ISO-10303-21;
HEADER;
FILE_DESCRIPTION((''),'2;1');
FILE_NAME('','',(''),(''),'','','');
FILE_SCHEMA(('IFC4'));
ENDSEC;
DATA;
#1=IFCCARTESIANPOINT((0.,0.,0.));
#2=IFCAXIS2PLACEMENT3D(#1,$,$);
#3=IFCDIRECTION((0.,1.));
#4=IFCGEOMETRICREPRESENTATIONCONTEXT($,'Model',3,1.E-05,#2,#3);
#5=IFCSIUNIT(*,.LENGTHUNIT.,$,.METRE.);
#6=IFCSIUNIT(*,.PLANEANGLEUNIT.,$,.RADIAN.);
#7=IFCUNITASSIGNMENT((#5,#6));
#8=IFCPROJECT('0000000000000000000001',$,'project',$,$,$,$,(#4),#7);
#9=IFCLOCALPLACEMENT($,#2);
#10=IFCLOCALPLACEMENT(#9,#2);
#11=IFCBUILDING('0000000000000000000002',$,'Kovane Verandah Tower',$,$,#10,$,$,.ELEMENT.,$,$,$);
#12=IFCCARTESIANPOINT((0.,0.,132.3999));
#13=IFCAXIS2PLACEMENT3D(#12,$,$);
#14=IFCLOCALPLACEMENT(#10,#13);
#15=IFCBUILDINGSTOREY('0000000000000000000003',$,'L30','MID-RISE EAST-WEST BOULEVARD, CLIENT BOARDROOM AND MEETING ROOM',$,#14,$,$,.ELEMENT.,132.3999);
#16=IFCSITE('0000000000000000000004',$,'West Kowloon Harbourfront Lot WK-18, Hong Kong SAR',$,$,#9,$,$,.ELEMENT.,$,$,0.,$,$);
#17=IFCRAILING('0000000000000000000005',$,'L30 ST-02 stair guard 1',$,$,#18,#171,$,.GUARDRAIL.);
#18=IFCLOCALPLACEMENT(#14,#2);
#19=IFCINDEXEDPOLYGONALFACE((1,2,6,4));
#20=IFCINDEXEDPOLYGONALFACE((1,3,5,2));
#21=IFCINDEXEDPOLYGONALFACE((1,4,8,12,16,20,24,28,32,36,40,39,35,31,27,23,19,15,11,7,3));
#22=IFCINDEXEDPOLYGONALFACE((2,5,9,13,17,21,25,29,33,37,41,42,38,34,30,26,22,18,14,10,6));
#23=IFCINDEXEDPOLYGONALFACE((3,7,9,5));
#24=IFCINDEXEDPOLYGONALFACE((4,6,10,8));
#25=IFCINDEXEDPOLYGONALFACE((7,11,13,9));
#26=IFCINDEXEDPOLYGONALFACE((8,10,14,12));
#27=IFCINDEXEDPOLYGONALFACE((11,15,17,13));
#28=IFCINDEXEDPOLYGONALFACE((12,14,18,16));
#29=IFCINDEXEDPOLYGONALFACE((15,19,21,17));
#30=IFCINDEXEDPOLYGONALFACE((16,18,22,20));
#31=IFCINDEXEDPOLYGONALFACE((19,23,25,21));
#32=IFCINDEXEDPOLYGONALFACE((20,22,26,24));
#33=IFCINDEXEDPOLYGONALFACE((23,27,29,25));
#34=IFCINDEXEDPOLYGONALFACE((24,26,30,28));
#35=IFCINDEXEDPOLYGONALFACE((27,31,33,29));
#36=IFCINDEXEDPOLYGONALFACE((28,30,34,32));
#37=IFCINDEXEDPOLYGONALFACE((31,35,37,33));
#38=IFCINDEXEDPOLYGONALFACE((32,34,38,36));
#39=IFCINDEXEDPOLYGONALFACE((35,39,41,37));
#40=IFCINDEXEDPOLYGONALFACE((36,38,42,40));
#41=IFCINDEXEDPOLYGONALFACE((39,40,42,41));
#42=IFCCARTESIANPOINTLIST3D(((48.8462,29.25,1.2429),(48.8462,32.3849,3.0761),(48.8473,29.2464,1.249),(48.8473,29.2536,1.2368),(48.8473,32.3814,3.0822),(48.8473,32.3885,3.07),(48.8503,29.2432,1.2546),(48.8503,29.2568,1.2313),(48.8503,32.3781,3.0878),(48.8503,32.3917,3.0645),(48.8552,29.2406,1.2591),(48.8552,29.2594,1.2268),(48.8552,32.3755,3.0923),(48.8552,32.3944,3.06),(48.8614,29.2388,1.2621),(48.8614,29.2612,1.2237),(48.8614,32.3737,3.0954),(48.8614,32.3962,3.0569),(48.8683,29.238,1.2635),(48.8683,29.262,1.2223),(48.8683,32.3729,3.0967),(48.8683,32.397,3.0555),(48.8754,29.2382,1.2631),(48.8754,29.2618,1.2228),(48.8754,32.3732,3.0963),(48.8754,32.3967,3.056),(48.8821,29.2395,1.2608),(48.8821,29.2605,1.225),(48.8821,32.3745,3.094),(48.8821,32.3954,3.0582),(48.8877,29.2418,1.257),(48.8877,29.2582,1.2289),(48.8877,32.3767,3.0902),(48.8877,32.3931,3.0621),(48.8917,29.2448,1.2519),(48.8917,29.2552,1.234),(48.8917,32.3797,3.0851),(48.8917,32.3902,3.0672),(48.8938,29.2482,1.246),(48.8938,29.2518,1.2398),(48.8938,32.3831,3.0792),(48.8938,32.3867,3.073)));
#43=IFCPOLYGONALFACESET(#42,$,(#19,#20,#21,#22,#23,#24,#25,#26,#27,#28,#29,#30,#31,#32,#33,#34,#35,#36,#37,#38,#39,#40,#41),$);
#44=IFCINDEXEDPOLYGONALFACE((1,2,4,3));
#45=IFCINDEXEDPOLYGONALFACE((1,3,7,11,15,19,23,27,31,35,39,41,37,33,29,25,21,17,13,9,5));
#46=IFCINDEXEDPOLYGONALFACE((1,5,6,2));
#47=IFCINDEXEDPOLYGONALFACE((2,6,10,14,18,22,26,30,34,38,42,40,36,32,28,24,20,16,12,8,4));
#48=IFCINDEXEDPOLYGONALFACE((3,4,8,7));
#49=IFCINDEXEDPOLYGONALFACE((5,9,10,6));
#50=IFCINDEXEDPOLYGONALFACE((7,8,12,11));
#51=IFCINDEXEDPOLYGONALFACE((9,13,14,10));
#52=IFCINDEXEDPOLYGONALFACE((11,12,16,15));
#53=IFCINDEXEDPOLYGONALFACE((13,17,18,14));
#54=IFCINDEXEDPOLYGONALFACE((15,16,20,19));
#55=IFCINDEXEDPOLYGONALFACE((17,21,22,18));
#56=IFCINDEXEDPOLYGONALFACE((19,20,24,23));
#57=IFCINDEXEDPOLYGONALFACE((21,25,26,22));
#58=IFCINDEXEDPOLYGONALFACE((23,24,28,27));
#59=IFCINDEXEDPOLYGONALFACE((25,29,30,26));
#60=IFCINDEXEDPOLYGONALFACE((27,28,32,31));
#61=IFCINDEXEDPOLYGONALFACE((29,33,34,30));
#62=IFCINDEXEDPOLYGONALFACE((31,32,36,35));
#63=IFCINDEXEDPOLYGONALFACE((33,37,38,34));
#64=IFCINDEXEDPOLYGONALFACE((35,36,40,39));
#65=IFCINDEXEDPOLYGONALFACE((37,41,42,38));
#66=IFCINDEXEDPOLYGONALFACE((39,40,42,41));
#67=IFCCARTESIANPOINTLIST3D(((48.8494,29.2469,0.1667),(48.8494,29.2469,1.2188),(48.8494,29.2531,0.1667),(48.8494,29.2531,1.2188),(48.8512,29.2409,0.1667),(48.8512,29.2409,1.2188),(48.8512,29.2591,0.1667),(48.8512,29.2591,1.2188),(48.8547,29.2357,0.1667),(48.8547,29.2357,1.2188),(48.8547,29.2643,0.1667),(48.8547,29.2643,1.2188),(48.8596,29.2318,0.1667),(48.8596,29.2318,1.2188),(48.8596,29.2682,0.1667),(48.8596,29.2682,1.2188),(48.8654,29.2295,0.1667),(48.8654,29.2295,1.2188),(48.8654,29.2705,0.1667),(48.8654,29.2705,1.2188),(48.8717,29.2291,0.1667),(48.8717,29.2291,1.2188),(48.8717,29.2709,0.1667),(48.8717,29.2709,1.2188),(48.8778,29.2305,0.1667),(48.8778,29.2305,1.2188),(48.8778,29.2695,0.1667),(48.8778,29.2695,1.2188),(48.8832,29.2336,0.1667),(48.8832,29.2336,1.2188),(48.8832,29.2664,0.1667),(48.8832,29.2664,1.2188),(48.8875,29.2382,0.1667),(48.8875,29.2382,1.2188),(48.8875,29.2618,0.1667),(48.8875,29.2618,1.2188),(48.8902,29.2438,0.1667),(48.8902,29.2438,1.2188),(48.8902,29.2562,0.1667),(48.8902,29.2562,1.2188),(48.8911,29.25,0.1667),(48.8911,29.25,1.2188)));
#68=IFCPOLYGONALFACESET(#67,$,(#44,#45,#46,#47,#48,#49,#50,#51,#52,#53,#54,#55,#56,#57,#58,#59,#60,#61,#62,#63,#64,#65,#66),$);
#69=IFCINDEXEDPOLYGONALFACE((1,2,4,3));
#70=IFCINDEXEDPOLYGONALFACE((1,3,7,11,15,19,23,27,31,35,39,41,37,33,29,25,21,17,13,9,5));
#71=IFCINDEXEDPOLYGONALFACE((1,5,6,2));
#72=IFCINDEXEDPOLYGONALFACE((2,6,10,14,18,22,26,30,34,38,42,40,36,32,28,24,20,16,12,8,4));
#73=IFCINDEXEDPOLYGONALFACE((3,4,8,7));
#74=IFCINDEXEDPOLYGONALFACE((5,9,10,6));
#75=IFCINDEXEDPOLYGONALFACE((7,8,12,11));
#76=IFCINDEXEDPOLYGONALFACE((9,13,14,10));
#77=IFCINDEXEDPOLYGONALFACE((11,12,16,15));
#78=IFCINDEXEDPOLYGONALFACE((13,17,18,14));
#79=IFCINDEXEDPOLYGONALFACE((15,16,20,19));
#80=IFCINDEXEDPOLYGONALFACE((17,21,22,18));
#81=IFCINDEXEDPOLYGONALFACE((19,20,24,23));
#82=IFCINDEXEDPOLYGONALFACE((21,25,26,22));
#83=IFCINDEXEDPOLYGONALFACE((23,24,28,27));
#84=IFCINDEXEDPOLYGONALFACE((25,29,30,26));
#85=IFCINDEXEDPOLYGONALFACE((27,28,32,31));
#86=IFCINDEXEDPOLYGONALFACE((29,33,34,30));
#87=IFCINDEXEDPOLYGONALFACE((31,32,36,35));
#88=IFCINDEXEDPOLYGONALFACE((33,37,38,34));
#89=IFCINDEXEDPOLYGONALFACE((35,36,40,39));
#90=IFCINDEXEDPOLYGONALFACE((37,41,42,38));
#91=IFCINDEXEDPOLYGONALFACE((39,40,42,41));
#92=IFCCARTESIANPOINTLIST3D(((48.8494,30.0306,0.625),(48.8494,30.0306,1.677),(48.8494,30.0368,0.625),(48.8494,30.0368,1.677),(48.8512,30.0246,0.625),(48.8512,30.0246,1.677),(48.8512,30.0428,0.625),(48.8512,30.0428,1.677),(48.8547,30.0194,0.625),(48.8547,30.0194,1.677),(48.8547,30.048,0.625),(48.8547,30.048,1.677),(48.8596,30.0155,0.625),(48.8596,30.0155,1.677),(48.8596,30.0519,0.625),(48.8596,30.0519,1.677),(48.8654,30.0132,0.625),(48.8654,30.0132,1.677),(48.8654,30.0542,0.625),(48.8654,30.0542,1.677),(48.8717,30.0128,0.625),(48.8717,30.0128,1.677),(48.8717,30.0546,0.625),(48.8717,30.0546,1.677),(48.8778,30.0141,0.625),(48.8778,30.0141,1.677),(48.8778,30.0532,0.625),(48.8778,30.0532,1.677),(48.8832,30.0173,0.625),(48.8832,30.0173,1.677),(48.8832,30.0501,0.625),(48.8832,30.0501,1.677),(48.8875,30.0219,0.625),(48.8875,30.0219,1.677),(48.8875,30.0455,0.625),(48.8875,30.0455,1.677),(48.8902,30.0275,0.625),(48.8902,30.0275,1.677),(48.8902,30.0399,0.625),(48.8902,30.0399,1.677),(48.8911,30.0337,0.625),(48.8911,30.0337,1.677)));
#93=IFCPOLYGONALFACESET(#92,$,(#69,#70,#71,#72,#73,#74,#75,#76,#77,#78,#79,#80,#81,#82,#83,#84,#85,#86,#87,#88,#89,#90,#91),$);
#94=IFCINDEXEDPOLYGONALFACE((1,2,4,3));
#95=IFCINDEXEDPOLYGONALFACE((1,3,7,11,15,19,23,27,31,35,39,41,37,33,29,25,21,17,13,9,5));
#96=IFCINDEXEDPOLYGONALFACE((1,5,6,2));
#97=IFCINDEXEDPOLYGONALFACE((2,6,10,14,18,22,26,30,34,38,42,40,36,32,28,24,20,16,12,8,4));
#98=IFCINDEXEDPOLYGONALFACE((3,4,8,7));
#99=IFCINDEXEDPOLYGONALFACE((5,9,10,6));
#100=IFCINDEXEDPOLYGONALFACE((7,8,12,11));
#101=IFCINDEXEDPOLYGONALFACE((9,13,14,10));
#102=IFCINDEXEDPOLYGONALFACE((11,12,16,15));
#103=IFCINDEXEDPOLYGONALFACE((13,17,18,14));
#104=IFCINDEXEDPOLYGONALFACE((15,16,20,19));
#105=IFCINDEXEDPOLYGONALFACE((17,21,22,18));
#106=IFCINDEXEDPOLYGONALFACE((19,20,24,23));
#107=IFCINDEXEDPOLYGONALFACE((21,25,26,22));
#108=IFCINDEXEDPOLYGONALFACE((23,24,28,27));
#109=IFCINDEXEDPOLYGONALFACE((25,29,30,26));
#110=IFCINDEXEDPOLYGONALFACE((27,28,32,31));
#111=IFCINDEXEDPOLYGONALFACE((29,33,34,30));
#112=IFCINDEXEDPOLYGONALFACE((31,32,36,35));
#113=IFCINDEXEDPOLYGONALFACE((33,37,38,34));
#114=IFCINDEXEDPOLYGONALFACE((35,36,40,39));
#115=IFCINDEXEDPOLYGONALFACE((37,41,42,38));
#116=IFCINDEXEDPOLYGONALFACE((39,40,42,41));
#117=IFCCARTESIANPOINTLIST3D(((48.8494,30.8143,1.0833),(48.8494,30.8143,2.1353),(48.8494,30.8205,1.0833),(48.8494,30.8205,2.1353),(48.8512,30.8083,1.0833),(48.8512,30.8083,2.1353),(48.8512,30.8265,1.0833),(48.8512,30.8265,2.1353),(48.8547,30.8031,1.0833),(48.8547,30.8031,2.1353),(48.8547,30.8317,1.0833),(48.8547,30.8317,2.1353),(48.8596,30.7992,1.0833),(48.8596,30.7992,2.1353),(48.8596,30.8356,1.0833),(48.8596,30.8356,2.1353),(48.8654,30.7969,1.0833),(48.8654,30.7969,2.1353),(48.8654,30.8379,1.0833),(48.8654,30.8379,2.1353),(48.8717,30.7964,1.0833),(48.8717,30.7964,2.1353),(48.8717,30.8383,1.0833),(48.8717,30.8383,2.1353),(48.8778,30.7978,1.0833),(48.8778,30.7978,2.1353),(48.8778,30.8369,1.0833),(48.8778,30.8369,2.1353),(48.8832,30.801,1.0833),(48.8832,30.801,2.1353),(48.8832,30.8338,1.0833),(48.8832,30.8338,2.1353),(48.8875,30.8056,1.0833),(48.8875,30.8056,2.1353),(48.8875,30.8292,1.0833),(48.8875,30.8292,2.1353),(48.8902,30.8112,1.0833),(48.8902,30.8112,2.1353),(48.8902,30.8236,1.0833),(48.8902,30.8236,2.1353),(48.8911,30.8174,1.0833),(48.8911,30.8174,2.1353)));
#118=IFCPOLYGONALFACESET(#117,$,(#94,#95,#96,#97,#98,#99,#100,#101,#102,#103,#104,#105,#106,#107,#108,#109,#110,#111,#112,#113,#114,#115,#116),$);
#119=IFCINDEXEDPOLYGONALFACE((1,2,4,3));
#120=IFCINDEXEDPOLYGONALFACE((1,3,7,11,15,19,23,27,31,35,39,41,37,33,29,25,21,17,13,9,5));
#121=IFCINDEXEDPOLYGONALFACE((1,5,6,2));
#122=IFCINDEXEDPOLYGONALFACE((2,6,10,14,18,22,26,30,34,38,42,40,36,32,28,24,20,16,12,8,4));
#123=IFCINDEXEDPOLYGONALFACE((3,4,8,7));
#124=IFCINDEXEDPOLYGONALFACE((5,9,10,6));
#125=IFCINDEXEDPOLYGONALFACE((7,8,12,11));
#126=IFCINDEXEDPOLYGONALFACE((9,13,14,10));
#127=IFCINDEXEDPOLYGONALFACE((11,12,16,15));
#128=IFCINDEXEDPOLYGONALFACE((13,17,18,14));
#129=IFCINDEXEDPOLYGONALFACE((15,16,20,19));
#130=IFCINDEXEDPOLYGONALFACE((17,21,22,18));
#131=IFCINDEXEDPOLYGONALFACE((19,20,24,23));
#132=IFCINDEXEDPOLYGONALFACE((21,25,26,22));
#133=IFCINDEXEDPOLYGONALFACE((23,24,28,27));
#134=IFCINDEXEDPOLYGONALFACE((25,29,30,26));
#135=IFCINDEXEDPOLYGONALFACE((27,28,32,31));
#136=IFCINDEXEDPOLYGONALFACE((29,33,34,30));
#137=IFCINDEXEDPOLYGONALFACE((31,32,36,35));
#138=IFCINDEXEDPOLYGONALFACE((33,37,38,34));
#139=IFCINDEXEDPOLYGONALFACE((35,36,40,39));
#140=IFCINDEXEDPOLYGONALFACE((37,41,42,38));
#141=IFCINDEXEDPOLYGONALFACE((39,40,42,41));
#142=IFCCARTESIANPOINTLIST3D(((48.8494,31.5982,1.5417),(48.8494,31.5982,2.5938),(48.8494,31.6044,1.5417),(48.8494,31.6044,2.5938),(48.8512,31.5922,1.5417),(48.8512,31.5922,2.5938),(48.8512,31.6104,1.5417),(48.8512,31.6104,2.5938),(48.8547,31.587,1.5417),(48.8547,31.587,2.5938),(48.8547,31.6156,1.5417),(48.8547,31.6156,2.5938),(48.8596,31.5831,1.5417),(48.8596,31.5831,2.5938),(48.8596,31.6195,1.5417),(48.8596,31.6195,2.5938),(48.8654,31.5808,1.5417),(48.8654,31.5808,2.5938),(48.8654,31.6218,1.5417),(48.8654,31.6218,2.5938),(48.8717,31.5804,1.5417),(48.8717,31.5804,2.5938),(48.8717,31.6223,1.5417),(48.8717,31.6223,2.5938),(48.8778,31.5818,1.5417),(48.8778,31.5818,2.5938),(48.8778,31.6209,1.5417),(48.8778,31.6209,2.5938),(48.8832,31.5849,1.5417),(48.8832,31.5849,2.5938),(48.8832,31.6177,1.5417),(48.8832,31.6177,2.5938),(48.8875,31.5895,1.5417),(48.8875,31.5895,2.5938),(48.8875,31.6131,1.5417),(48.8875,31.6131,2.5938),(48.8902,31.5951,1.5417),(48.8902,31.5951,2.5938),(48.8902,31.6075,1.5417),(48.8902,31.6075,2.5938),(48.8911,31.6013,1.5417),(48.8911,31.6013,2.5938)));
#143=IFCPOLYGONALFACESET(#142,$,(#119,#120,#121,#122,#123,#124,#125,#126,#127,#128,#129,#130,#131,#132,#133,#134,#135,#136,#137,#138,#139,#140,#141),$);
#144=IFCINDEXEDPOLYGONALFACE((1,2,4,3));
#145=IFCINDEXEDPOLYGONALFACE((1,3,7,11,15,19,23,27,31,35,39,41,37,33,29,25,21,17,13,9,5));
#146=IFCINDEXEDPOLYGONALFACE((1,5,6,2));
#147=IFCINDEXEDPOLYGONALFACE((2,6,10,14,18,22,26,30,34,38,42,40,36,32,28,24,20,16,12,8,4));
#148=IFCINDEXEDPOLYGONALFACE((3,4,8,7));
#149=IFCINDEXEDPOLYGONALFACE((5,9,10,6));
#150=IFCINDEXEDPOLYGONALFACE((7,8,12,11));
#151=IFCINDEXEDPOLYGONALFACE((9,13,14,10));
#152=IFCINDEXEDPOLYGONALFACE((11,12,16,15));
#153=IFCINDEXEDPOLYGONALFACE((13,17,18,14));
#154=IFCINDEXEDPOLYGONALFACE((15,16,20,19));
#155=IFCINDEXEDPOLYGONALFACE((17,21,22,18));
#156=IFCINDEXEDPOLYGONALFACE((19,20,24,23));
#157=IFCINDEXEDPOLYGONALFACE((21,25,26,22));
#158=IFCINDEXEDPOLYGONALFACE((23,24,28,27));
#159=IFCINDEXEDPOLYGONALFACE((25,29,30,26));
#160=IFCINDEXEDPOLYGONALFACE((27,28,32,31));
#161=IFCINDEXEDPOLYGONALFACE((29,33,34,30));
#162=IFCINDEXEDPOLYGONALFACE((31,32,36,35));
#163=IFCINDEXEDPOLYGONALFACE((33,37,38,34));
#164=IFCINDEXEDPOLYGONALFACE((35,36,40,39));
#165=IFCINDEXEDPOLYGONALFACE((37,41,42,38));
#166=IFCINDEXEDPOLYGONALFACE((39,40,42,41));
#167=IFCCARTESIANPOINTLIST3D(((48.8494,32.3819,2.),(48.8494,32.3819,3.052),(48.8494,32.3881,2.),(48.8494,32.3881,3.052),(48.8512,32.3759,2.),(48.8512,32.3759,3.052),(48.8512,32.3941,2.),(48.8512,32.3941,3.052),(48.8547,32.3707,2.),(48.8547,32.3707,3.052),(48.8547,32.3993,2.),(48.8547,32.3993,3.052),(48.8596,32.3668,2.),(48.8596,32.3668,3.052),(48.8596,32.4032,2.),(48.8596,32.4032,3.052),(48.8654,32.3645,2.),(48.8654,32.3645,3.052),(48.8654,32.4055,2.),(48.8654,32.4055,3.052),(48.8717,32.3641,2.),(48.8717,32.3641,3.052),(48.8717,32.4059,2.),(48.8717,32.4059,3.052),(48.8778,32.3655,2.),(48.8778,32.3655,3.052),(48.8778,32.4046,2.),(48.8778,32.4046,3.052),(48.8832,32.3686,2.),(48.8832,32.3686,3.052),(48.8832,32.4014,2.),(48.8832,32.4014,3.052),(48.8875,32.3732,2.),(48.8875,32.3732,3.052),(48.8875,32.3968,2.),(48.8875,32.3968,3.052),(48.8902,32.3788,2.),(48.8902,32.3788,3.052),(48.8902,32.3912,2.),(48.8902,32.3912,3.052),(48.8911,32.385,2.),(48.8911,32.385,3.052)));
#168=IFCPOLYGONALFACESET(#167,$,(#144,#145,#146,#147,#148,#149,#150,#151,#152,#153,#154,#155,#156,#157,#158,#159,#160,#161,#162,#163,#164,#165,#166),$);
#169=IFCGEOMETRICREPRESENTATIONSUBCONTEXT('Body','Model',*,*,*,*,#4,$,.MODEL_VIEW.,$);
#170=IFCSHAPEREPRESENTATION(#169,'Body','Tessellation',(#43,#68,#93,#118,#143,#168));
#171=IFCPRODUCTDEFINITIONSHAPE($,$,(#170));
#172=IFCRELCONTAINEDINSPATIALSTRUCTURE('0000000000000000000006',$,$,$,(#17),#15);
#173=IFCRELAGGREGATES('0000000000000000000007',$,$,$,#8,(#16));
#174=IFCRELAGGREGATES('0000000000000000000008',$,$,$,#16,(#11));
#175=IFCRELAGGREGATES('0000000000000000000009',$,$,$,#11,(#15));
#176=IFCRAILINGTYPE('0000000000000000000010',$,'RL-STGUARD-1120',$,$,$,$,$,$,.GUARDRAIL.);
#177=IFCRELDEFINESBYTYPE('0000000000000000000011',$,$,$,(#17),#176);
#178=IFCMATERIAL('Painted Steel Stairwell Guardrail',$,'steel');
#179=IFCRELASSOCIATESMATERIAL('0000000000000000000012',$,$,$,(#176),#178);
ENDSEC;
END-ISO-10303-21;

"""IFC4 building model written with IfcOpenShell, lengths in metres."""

from ifc_helpers import new_model, si_unit, direction, frame, origin, origin_2d, place, context, subcontext, project, spatial, circle, extrude, material, type_object, element, save


model = new_model("IFC4")

# Units and contexts
model_context = context("Model", 3, precision=1e-05, world=origin(), true_north=direction((0.0, 1.0)))
body_context = subcontext(model_context, "Body", "Model", "MODEL_VIEW")
ifc_project = project(units=[si_unit("LENGTHUNIT", "METRE"), si_unit("PLANEANGLEUNIT", "RADIAN")], contexts=[model_context])

# Site, building, storey
site_placement = place(None, origin())
site = spatial("IfcSite", under=ifc_project, at=site_placement, Name="West Kowloon Harbourfront Lot WK-18, Hong Kong SAR", CompositionType="ELEMENT", RefElevation=0.0)
building_placement = place(site_placement, origin())
building = spatial("IfcBuilding", under=site, at=building_placement, Name="Kovane Verandah Tower", CompositionType="ELEMENT")
storey_placement = place(building_placement, frame((0.0, 0.0, 132.3999)))
storey = spatial("IfcBuildingStorey", under=building, at=storey_placement, Name="L30", Description="MID-RISE EAST-WEST BOULEVARD, CLIENT BOARDROOM AND MEETING ROOM", CompositionType="ELEMENT", Elevation=132.3999)

# Railing
ifc_material_1 = material(Name="Painted Steel Stairwell Guardrail", Category="steel")
railing_type_1 = type_object("IfcRailingType", Name="RL-STGUARD-1120", PredefinedType="GUARDRAIL", material=ifc_material_1)
railing_1_placement = place(storey_placement, frame((48.8701, 29.25, 0.1667)))
element("IfcRailing", 1, at=railing_1_placement, inside=storey, type_object=railing_type_1, Name="L30 ST-02 stair guard 1", PredefinedType="GUARDRAIL", context=body_context, shape_type="SweptSolid", body=[
    extrude(circle(Radius=0.0239, at=origin_2d()), frame((0.0, 0.0, 1.0762), z_axis=(0.0, 0.86324, 0.504794), x_axis=(-1.0, 0.0, 0.0)), (0.0, 0.0, 1.0), 3.6316),
    extrude(circle(Radius=0.021, at=origin_2d()), origin(), (0.0, 0.0, 1.0), 1.052),
    extrude(circle(Radius=0.021, at=origin_2d()), frame((0.0, 0.7837, 0.4583)), (0.0, 0.0, 1.0), 1.052),
    extrude(circle(Radius=0.021, at=origin_2d()), frame((0.0, 1.5674, 0.9165)), (0.0, 0.0, 1.0), 1.052),
    extrude(circle(Radius=0.021, at=origin_2d()), frame((0.0, 2.3513, 1.375)), (0.0, 0.0, 1.0), 1.052),
    extrude(circle(Radius=0.021, at=origin_2d()), frame((0.0, 3.135, 1.8333)), (0.0, 0.0, 1.0), 1.052),
])

save(model, "model.ifc")
